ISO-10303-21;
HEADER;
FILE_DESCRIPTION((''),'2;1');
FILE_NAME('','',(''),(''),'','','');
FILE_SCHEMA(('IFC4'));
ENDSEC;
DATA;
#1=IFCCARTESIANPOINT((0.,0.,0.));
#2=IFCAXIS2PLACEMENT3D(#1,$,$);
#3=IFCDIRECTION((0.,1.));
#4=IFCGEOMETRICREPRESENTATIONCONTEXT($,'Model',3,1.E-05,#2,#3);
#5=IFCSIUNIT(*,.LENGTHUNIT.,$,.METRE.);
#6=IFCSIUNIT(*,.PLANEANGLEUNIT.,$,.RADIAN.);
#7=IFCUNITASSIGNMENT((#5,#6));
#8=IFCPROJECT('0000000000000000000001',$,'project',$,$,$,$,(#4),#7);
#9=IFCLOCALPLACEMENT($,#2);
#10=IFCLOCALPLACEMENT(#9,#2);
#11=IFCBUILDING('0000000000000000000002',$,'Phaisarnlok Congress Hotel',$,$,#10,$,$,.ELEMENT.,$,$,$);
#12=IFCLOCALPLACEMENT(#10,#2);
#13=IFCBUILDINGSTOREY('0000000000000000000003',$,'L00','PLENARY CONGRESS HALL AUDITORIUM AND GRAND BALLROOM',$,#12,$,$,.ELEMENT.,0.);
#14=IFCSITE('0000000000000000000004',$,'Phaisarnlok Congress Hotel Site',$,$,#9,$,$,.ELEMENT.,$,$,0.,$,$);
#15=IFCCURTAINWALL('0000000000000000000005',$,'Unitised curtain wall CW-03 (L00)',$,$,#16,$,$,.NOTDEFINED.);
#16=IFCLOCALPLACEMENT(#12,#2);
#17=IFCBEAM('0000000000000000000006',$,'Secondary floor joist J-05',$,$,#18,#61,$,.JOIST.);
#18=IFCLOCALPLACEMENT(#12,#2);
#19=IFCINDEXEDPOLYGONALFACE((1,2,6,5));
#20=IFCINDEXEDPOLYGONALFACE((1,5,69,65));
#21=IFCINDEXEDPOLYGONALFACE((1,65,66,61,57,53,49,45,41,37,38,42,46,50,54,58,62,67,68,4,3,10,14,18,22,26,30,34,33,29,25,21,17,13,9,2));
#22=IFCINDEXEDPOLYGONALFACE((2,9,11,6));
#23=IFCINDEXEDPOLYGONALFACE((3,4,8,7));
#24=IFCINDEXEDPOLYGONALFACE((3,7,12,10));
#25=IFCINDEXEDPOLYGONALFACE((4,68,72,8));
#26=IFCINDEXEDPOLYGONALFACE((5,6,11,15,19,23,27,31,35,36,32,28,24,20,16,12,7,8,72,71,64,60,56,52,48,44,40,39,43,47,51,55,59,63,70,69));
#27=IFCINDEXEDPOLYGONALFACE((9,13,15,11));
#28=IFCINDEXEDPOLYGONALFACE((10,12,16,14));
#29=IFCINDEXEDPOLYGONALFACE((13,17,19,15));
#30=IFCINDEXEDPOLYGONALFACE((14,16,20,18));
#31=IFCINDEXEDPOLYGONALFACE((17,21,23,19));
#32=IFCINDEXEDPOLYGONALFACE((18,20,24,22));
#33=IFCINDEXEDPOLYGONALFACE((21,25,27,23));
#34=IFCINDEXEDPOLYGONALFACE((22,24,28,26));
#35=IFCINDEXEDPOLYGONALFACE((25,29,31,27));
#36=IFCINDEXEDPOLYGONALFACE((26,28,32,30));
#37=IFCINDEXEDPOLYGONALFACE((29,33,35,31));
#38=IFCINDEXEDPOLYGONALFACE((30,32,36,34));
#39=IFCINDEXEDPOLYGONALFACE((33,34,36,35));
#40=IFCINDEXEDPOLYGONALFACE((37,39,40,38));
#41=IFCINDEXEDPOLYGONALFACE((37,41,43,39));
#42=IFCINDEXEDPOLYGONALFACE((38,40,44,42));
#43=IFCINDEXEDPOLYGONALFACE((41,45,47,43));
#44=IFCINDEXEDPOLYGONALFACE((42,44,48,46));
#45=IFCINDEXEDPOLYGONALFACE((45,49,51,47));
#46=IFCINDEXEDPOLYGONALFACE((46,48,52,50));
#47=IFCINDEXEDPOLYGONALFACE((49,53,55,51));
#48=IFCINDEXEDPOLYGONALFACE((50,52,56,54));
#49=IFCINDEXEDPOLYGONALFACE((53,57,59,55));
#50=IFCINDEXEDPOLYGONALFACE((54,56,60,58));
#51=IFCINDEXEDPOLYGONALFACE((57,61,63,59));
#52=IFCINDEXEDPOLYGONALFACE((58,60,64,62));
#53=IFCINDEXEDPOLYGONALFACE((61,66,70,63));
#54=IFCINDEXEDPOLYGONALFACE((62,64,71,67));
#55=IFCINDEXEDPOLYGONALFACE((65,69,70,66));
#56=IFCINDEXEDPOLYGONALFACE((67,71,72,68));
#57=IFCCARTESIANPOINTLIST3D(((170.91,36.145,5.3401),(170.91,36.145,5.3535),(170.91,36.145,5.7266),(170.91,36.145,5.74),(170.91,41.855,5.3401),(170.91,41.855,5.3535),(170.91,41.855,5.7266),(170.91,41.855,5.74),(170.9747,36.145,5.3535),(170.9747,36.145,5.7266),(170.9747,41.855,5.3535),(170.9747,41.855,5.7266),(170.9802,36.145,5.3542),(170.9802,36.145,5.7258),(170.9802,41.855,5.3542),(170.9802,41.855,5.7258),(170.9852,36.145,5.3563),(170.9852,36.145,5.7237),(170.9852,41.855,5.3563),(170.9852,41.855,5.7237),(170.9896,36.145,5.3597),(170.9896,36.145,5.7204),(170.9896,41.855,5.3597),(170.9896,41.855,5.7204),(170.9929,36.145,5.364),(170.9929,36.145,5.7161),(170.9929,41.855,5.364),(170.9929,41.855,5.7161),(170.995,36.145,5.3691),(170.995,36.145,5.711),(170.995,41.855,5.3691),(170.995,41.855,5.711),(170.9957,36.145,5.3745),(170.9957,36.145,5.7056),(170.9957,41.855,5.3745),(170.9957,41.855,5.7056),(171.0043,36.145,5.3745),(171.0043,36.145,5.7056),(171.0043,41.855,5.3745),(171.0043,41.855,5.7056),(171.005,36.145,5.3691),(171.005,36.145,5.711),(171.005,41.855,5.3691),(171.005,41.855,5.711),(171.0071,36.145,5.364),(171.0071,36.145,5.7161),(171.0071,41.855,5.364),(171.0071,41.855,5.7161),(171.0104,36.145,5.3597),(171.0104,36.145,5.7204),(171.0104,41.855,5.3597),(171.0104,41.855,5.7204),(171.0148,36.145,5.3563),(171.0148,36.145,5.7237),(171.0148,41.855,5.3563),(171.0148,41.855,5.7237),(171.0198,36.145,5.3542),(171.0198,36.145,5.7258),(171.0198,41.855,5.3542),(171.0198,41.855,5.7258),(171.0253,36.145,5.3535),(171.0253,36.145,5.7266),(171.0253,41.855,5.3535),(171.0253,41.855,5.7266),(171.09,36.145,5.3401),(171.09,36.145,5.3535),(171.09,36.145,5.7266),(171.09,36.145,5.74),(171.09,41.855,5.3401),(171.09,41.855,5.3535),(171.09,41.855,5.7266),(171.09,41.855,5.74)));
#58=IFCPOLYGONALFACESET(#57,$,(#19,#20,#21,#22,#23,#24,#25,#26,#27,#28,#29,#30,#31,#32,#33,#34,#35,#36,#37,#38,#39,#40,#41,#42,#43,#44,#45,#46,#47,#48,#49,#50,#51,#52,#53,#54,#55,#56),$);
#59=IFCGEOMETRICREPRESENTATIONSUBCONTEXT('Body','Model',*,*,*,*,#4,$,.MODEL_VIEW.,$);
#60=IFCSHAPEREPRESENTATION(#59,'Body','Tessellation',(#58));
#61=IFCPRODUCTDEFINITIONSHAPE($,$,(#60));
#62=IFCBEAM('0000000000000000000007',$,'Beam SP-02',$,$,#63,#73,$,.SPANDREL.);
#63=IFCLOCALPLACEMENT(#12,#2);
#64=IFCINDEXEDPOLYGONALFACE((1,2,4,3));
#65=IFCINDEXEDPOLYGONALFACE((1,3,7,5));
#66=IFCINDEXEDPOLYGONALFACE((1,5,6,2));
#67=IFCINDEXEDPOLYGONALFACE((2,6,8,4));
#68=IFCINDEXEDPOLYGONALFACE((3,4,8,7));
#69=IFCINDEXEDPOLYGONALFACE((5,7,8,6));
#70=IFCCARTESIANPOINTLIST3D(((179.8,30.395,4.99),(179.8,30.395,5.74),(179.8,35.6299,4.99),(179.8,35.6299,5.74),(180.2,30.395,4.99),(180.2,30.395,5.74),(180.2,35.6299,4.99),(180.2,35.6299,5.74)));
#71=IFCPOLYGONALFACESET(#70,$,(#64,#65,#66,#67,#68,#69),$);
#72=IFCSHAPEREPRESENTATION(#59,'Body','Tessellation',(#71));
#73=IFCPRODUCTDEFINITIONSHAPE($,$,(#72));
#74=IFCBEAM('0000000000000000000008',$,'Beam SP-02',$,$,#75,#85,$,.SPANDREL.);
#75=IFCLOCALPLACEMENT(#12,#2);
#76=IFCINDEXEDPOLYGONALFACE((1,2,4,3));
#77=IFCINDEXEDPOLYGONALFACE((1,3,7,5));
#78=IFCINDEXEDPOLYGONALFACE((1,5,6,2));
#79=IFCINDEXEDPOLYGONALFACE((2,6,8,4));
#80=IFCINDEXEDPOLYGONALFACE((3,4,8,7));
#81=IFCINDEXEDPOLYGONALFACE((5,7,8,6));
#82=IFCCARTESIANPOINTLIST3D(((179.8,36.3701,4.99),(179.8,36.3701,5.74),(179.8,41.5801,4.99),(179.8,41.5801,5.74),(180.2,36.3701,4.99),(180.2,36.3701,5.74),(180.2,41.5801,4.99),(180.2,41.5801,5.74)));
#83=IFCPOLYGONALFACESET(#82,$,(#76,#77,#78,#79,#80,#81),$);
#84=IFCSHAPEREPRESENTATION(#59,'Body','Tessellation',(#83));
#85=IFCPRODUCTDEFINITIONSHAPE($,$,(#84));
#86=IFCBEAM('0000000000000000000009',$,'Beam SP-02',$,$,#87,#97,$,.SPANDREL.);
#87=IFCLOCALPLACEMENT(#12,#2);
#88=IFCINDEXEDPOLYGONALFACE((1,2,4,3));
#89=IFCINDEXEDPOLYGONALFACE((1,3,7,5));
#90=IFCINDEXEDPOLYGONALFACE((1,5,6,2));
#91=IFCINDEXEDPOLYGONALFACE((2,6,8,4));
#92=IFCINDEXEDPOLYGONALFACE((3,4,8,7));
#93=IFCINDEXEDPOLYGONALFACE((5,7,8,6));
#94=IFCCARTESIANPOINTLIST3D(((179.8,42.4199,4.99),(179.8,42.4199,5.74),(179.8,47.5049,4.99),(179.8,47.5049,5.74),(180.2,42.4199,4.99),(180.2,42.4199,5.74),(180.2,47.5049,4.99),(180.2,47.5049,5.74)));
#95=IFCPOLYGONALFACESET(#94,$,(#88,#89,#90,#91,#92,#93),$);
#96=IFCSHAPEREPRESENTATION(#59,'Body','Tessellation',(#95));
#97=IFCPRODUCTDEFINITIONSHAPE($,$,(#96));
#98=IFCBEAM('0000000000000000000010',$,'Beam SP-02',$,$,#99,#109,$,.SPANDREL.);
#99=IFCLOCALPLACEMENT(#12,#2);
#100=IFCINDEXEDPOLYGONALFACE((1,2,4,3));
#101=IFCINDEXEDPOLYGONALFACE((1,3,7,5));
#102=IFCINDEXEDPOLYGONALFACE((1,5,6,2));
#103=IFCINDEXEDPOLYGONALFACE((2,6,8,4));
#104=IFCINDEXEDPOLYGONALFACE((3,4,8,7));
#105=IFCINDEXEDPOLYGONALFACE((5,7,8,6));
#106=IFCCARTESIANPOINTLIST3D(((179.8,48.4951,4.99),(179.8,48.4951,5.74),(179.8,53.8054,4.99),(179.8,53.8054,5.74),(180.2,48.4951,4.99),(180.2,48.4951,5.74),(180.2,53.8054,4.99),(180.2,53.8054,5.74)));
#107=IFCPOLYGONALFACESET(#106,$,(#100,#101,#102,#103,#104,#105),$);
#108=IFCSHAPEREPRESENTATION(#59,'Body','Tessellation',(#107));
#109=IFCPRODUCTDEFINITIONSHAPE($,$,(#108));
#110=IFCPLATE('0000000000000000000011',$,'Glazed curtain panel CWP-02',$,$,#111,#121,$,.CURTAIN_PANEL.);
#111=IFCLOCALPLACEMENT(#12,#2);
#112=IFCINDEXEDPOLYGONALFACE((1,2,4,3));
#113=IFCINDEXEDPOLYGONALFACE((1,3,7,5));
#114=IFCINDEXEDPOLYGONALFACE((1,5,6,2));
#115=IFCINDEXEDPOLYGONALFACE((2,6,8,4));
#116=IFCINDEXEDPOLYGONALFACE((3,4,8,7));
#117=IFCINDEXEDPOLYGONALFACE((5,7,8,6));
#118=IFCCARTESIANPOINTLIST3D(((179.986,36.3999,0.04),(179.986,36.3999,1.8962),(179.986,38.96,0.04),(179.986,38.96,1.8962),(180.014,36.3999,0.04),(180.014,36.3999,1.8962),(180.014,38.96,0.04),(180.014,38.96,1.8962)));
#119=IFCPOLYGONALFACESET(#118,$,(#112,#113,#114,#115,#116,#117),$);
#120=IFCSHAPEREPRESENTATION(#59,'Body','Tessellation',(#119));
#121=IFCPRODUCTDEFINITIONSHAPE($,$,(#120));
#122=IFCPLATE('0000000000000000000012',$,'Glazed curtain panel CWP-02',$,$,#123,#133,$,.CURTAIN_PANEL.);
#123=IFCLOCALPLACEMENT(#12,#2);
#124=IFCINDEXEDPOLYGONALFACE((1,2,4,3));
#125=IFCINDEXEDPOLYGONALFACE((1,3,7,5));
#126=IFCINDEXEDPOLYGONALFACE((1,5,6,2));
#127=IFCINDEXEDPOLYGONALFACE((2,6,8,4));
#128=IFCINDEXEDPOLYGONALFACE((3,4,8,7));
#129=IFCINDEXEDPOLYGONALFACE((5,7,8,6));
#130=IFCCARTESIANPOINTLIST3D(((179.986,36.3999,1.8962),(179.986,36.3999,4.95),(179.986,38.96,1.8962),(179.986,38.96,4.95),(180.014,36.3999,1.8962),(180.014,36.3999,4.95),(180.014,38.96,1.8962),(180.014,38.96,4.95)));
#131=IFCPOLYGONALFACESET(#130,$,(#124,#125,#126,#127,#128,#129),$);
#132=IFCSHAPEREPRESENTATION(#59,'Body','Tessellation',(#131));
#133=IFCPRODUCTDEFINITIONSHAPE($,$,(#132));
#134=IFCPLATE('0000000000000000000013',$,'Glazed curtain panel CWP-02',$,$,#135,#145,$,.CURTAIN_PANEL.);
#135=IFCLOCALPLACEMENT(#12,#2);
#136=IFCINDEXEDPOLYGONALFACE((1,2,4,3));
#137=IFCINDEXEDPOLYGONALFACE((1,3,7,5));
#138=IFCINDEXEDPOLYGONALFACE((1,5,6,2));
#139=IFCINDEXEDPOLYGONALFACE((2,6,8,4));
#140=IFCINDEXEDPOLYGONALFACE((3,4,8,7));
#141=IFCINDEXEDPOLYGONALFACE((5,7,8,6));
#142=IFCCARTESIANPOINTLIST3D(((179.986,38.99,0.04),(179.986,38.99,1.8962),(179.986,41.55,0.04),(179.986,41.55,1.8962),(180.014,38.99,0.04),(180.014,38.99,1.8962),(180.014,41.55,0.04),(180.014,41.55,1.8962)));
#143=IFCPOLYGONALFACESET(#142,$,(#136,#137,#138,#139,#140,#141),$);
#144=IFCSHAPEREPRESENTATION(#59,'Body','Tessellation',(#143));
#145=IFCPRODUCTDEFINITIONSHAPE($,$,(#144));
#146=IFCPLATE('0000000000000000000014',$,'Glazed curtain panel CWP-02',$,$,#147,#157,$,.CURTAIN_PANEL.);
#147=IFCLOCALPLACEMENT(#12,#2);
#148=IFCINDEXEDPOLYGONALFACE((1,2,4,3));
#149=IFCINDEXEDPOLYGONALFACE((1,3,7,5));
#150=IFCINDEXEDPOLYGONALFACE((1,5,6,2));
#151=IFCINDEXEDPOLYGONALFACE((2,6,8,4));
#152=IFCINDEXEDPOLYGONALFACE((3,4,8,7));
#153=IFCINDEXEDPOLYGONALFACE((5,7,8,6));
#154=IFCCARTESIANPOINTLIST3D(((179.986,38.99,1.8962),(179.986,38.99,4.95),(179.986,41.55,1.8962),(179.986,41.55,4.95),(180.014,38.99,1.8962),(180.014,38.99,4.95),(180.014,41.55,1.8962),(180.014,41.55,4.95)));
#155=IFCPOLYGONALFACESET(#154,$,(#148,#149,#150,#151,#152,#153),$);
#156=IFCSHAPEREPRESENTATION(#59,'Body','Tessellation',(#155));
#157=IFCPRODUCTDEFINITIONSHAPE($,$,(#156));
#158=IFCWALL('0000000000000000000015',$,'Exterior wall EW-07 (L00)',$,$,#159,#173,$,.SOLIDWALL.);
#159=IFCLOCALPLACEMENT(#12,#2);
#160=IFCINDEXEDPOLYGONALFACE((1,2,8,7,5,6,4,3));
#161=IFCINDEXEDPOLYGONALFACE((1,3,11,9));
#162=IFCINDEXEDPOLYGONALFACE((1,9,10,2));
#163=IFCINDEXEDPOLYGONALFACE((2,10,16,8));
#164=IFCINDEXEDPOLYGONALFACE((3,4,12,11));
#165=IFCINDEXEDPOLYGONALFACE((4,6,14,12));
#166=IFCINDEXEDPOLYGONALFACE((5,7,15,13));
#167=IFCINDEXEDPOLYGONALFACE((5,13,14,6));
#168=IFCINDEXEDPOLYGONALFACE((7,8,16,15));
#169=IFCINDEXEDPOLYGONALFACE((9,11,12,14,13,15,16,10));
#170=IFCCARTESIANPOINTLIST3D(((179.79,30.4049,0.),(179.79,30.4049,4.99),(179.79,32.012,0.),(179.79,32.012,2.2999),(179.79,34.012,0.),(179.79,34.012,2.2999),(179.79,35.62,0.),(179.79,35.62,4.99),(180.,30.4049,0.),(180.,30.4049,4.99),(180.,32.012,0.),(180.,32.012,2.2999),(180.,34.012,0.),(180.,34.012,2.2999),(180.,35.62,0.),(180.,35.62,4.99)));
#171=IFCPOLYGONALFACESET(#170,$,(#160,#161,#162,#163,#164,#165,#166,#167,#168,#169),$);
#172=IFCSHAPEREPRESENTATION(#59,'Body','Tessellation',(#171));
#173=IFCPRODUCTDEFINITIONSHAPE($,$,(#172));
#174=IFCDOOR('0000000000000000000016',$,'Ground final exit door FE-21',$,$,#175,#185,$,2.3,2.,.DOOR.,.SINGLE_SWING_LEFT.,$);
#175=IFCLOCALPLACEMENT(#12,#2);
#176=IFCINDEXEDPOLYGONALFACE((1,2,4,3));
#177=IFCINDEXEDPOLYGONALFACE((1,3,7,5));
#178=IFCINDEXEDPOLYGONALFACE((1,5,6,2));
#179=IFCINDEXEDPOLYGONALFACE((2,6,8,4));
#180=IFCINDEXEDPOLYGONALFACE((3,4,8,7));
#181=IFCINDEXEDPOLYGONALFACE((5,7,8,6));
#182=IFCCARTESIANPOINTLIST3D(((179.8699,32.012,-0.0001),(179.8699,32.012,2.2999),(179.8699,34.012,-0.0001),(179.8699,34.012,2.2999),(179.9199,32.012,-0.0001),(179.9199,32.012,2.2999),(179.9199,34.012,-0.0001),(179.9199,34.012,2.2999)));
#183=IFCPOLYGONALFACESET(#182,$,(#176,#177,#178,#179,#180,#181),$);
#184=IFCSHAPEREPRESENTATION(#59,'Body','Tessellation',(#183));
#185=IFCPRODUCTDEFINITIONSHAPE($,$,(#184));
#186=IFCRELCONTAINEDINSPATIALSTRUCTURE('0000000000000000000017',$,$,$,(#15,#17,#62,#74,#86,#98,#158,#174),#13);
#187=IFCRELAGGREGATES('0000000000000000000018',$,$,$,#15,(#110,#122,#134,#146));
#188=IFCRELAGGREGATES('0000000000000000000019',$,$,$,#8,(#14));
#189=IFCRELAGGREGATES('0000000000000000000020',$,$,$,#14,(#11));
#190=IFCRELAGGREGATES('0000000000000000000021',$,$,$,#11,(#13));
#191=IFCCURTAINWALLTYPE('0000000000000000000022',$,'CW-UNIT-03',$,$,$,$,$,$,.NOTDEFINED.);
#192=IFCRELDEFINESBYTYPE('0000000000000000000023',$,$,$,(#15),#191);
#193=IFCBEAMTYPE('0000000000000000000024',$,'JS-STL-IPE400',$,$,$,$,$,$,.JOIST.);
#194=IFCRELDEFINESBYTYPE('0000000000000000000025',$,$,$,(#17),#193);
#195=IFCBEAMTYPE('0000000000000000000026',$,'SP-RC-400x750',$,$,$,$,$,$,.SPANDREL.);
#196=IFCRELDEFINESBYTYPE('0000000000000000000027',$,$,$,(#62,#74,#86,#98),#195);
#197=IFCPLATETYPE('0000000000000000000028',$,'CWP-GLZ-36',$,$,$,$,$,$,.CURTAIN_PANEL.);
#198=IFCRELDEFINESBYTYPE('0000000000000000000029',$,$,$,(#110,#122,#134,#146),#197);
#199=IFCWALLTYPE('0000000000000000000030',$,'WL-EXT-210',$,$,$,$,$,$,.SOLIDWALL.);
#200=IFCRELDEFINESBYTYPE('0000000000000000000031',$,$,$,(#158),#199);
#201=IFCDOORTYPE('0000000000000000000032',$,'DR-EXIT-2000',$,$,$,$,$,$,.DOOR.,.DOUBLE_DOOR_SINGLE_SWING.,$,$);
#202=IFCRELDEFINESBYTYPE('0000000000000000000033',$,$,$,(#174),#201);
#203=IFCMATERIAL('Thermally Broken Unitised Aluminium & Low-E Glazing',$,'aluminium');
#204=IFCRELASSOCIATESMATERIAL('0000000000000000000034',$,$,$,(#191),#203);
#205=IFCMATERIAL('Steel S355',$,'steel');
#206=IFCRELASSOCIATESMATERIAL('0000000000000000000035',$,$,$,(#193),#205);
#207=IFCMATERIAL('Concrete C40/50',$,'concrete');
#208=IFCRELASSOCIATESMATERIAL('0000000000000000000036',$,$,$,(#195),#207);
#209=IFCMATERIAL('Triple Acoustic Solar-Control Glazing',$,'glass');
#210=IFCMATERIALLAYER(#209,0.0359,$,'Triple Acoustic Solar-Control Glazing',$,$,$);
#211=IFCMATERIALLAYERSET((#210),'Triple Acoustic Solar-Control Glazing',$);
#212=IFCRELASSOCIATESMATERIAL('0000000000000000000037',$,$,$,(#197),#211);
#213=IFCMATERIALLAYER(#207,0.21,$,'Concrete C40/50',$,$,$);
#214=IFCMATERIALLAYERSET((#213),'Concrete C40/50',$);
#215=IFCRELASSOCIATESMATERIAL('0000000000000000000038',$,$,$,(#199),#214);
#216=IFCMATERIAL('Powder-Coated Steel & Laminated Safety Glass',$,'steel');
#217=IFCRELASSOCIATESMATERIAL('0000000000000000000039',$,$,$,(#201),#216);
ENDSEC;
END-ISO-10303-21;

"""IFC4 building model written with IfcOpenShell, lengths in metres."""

from ifc_helpers import new_model, si_unit, direction, frame, frame_2d, origin, origin_2d, place, context, subcontext, project, spatial, rectangle, i_section, extrude, material, layer, layer_set, material_profile, profile_set, type_object, element, fill, aggregate, save


model = new_model("IFC4")

# Units and contexts
model_context = context("Model", 3, precision=1e-05, world=origin(), true_north=direction((0.0, 1.0)))
body_context = subcontext(model_context, "Body", "Model", "MODEL_VIEW")
ifc_project = project(units=[si_unit("LENGTHUNIT", "METRE"), si_unit("PLANEANGLEUNIT", "RADIAN")], contexts=[model_context])

# Site, building, storey
site_placement = place(None, origin())
site = spatial("IfcSite", under=ifc_project, at=site_placement, Name="Phaisarnlok Congress Hotel Site", CompositionType="ELEMENT", RefElevation=0.0)
building_placement = place(site_placement, origin())
building = spatial("IfcBuilding", under=site, at=building_placement, Name="Phaisarnlok Congress Hotel", CompositionType="ELEMENT")
storey_placement = place(building_placement, origin())
storey = spatial("IfcBuildingStorey", under=building, at=storey_placement, Name="L00", Description="PLENARY CONGRESS HALL AUDITORIUM AND GRAND BALLROOM", CompositionType="ELEMENT", Elevation=0.0)

# Shared definitions
ifc_material_1 = material(Name="Concrete C40/50", Category="concrete")
ifc_material_2 = material(Name="Steel S355", Category="steel")

# Curtain wall
ifc_material_3 = material(Name="Thermally Broken Unitised Aluminium & Low-E Glazing", Category="aluminium")
curtain_wall_type = type_object("IfcCurtainWallType", Name="CW-UNIT-03", PredefinedType="NOTDEFINED", material=ifc_material_3)
curtain_wall_placement = place(storey_placement, origin())
curtain_wall = element("IfcCurtainWall", 1, at=curtain_wall_placement, inside=storey, type_object=curtain_wall_type, Name="Unitised curtain wall CW-03 (L00)", PredefinedType="NOTDEFINED")

# Beams
ifc_material_profile_1 = material_profile(ifc_material_2, i_section(OverallWidth=0.1799, OverallDepth=0.3999, WebThickness=0.0085, FlangeThickness=0.0134, FilletRadius=0.021, at=origin_2d()), Name="IPE 400")
ifc_profile_set_1 = profile_set([ifc_material_profile_1], Name="Steel S355")
beam_type_1 = type_object("IfcBeamType", Name="JS-STL-IPE400", PredefinedType="JOIST", material=ifc_profile_set_1)
beam_1_placement = place(storey_placement, frame((171.0, 36.145, 5.54), z_axis=(0.0, 1.0, 0.0), x_axis=(-1.0, 0.0, 0.0)))
element("IfcBeam", 2, at=beam_1_placement, inside=storey, type_object=beam_type_1, Name="Secondary floor joist J-05", PredefinedType="JOIST", context=body_context, shape_type="SweptSolid", body=[
    extrude(i_section(OverallWidth=0.1799, OverallDepth=0.3999, WebThickness=0.0085, FlangeThickness=0.0134, FilletRadius=0.021, at=origin_2d()), origin(), (0.0, 0.0, 1.0), 5.71),
])
ifc_material_profile_2 = material_profile(ifc_material_1, rectangle(XDim=0.3999, YDim=0.75, at=origin_2d()), Name="RC 400x750")
ifc_profile_set_2 = profile_set([ifc_material_profile_2], Name="Concrete C40/50")
beam_type_2 = type_object("IfcBeamType", Name="SP-RC-400x750", PredefinedType="SPANDREL", material=ifc_profile_set_2)
beam_2_placement = place(storey_placement, frame((180.0, 30.395, 5.365), z_axis=(0.0, 1.0, 0.0), x_axis=(-1.0, 0.0, 0.0)))
element("IfcBeam", 3, at=beam_2_placement, inside=storey, type_object=beam_type_2, Name="Beam SP-02", PredefinedType="SPANDREL", context=body_context, shape_type="SweptSolid", body=[
    extrude(rectangle(XDim=0.3999, YDim=0.75, at=origin_2d()), origin(), (0.0, 0.0, 1.0), 5.2349),
])
beam_3_placement = place(storey_placement, frame((180.0, 36.3701, 5.365), z_axis=(0.0, 1.0, 0.0), x_axis=(-1.0, 0.0, 0.0)))
element("IfcBeam", 4, at=beam_3_placement, inside=storey, type_object=beam_type_2, Name="Beam SP-02", PredefinedType="SPANDREL", context=body_context, shape_type="SweptSolid", body=[
    extrude(rectangle(XDim=0.3999, YDim=0.75, at=origin_2d()), origin(), (0.0, 0.0, 1.0), 5.21),
])
beam_4_placement = place(storey_placement, frame((180.0, 42.4199, 5.365), z_axis=(0.0, 1.0, 0.0), x_axis=(-1.0, 0.0, 0.0)))
element("IfcBeam", 5, at=beam_4_placement, inside=storey, type_object=beam_type_2, Name="Beam SP-02", PredefinedType="SPANDREL", context=body_context, shape_type="SweptSolid", body=[
    extrude(rectangle(XDim=0.3999, YDim=0.75, at=origin_2d()), origin(), (0.0, 0.0, 1.0), 5.085),
])
beam_5_placement = place(storey_placement, frame((180.0, 48.4951, 5.365), z_axis=(0.0, 1.0, 0.0), x_axis=(-1.0, 0.0, 0.0)))
element("IfcBeam", 6, at=beam_5_placement, inside=storey, type_object=beam_type_2, Name="Beam SP-02", PredefinedType="SPANDREL", context=body_context, shape_type="SweptSolid", body=[
    extrude(rectangle(XDim=0.3999, YDim=0.75, at=origin_2d()), origin(), (0.0, 0.0, 1.0), 5.3103),
])

# Plates
ifc_material_4 = material(Name="Triple Acoustic Solar-Control Glazing", Category="glass")
ifc_layer_1 = layer(ifc_material_4, 0.0359, Name="Triple Acoustic Solar-Control Glazing")
ifc_layer_set_1 = layer_set([ifc_layer_1], Name="Triple Acoustic Solar-Control Glazing")
plate_type = type_object("IfcPlateType", Name="CWP-GLZ-36", PredefinedType="CURTAIN_PANEL", material=ifc_layer_set_1)
plate_1_placement = place(storey_placement, frame((180.0, 36.3999, 0.04), z_axis=(0.0, 0.0, 1.0), x_axis=(0.0, 1.0, 0.0)))
plate_1 = element("IfcPlate", 7, at=plate_1_placement, type_object=plate_type, Name="Glazed curtain panel CWP-02", PredefinedType="CURTAIN_PANEL", context=body_context, shape_type="SweptSolid", body=[
    extrude(rectangle(XDim=2.5601, YDim=0.0281, at=frame_2d((1.28, 0.0))), origin(), (0.0, 0.0, 1.0), 1.8562),
])
plate_2_placement = place(storey_placement, frame((180.0, 36.3999, 1.8962), z_axis=(0.0, 0.0, 1.0), x_axis=(0.0, 1.0, 0.0)))
plate_2 = element("IfcPlate", 8, at=plate_2_placement, type_object=plate_type, Name="Glazed curtain panel CWP-02", PredefinedType="CURTAIN_PANEL", context=body_context, shape_type="SweptSolid", body=[
    extrude(rectangle(XDim=2.5601, YDim=0.0281, at=frame_2d((1.28, 0.0))), origin(), (0.0, 0.0, 1.0), 3.0537),
])
plate_3_placement = place(storey_placement, frame((180.0, 38.99, 0.04), z_axis=(0.0, 0.0, 1.0), x_axis=(0.0, 1.0, 0.0)))
plate_3 = element("IfcPlate", 9, at=plate_3_placement, type_object=plate_type, Name="Glazed curtain panel CWP-02", PredefinedType="CURTAIN_PANEL", context=body_context, shape_type="SweptSolid", body=[
    extrude(rectangle(XDim=2.5601, YDim=0.0281, at=frame_2d((1.28, 0.0))), origin(), (0.0, 0.0, 1.0), 1.8562),
])
plate_4_placement = place(storey_placement, frame((180.0, 38.99, 1.8962), z_axis=(0.0, 0.0, 1.0), x_axis=(0.0, 1.0, 0.0)))
plate_4 = element("IfcPlate", 10, at=plate_4_placement, type_object=plate_type, Name="Glazed curtain panel CWP-02", PredefinedType="CURTAIN_PANEL", context=body_context, shape_type="SweptSolid", body=[
    extrude(rectangle(XDim=2.5601, YDim=0.0281, at=frame_2d((1.28, 0.0))), origin(), (0.0, 0.0, 1.0), 3.0537),
])
aggregate(curtain_wall, [plate_1, plate_2, plate_3, plate_4])

# Wall, opening, door
ifc_layer_2 = layer(ifc_material_1, 0.21, Name="Concrete C40/50")
ifc_layer_set_2 = layer_set([ifc_layer_2], Name="Concrete C40/50")
wall_type_1 = type_object("IfcWallType", Name="WL-EXT-210", PredefinedType="SOLIDWALL", material=ifc_layer_set_2)
wall_1_placement = place(storey_placement, frame((179.895, 30.405, 0.0), z_axis=(0.0, 0.0, 1.0), x_axis=(0.0, 1.0, 0.0)))
wall_1 = element("IfcWall", 11, at=wall_1_placement, inside=storey, type_object=wall_type_1, Name="Exterior wall EW-07 (L00)", PredefinedType="SOLIDWALL", context=body_context, shape_type="SweptSolid", body=[
    extrude(rectangle(XDim=5.2151, YDim=0.21, at=frame_2d((2.6074, 0.0))), origin(), (0.0, 0.0, 1.0), 4.99),
])
opening_1_placement = place(wall_1_placement, frame((1.6069, 0.0, 0.0)))
opening_1 = element("IfcOpeningElement", 12, at=opening_1_placement, cuts=wall_1, PredefinedType="OPENING", context=body_context, shape_type="SweptSolid", body=[
    extrude(rectangle(XDim=2.0, YDim=2.3, at=frame_2d((1.0, 1.1499))), frame((0.0, 0.115, 0.0), z_axis=(0.0, -1.0, 0.0), x_axis=(1.0, 0.0, 0.0)), (0.0, 0.0, 1.0), 0.23),
])
ifc_material_5 = material(Name="Powder-Coated Steel & Laminated Safety Glass", Category="steel")
door_type_1 = type_object("IfcDoorType", Name="DR-EXIT-2000", OperationType="DOUBLE_DOOR_SINGLE_SWING", PredefinedType="DOOR", material=ifc_material_5)
door_1_placement = place(opening_1_placement, frame((2.0, 0.0, 0.0), z_axis=(0.0, 0.0, 1.0), x_axis=(-1.0, 0.0, 0.0)))
door_1 = element("IfcDoor", 13, at=door_1_placement, inside=storey, type_object=door_type_1, Name="Ground final exit door FE-21", OperationType="SINGLE_SWING_LEFT", OverallHeight=2.3, OverallWidth=2.0, PredefinedType="DOOR", context=body_context, shape_type="SweptSolid", body=[
    extrude(rectangle(XDim=2.0, YDim=2.3, at=frame_2d((1.0, 1.1499))), frame((0.0, 0.0249, 0.0), z_axis=(0.0, -1.0, 0.0), x_axis=(1.0, 0.0, 0.0)), (0.0, 0.0, 1.0), 0.05),
])
fill(opening_1, door_1)

save(model, "model.ifc")
